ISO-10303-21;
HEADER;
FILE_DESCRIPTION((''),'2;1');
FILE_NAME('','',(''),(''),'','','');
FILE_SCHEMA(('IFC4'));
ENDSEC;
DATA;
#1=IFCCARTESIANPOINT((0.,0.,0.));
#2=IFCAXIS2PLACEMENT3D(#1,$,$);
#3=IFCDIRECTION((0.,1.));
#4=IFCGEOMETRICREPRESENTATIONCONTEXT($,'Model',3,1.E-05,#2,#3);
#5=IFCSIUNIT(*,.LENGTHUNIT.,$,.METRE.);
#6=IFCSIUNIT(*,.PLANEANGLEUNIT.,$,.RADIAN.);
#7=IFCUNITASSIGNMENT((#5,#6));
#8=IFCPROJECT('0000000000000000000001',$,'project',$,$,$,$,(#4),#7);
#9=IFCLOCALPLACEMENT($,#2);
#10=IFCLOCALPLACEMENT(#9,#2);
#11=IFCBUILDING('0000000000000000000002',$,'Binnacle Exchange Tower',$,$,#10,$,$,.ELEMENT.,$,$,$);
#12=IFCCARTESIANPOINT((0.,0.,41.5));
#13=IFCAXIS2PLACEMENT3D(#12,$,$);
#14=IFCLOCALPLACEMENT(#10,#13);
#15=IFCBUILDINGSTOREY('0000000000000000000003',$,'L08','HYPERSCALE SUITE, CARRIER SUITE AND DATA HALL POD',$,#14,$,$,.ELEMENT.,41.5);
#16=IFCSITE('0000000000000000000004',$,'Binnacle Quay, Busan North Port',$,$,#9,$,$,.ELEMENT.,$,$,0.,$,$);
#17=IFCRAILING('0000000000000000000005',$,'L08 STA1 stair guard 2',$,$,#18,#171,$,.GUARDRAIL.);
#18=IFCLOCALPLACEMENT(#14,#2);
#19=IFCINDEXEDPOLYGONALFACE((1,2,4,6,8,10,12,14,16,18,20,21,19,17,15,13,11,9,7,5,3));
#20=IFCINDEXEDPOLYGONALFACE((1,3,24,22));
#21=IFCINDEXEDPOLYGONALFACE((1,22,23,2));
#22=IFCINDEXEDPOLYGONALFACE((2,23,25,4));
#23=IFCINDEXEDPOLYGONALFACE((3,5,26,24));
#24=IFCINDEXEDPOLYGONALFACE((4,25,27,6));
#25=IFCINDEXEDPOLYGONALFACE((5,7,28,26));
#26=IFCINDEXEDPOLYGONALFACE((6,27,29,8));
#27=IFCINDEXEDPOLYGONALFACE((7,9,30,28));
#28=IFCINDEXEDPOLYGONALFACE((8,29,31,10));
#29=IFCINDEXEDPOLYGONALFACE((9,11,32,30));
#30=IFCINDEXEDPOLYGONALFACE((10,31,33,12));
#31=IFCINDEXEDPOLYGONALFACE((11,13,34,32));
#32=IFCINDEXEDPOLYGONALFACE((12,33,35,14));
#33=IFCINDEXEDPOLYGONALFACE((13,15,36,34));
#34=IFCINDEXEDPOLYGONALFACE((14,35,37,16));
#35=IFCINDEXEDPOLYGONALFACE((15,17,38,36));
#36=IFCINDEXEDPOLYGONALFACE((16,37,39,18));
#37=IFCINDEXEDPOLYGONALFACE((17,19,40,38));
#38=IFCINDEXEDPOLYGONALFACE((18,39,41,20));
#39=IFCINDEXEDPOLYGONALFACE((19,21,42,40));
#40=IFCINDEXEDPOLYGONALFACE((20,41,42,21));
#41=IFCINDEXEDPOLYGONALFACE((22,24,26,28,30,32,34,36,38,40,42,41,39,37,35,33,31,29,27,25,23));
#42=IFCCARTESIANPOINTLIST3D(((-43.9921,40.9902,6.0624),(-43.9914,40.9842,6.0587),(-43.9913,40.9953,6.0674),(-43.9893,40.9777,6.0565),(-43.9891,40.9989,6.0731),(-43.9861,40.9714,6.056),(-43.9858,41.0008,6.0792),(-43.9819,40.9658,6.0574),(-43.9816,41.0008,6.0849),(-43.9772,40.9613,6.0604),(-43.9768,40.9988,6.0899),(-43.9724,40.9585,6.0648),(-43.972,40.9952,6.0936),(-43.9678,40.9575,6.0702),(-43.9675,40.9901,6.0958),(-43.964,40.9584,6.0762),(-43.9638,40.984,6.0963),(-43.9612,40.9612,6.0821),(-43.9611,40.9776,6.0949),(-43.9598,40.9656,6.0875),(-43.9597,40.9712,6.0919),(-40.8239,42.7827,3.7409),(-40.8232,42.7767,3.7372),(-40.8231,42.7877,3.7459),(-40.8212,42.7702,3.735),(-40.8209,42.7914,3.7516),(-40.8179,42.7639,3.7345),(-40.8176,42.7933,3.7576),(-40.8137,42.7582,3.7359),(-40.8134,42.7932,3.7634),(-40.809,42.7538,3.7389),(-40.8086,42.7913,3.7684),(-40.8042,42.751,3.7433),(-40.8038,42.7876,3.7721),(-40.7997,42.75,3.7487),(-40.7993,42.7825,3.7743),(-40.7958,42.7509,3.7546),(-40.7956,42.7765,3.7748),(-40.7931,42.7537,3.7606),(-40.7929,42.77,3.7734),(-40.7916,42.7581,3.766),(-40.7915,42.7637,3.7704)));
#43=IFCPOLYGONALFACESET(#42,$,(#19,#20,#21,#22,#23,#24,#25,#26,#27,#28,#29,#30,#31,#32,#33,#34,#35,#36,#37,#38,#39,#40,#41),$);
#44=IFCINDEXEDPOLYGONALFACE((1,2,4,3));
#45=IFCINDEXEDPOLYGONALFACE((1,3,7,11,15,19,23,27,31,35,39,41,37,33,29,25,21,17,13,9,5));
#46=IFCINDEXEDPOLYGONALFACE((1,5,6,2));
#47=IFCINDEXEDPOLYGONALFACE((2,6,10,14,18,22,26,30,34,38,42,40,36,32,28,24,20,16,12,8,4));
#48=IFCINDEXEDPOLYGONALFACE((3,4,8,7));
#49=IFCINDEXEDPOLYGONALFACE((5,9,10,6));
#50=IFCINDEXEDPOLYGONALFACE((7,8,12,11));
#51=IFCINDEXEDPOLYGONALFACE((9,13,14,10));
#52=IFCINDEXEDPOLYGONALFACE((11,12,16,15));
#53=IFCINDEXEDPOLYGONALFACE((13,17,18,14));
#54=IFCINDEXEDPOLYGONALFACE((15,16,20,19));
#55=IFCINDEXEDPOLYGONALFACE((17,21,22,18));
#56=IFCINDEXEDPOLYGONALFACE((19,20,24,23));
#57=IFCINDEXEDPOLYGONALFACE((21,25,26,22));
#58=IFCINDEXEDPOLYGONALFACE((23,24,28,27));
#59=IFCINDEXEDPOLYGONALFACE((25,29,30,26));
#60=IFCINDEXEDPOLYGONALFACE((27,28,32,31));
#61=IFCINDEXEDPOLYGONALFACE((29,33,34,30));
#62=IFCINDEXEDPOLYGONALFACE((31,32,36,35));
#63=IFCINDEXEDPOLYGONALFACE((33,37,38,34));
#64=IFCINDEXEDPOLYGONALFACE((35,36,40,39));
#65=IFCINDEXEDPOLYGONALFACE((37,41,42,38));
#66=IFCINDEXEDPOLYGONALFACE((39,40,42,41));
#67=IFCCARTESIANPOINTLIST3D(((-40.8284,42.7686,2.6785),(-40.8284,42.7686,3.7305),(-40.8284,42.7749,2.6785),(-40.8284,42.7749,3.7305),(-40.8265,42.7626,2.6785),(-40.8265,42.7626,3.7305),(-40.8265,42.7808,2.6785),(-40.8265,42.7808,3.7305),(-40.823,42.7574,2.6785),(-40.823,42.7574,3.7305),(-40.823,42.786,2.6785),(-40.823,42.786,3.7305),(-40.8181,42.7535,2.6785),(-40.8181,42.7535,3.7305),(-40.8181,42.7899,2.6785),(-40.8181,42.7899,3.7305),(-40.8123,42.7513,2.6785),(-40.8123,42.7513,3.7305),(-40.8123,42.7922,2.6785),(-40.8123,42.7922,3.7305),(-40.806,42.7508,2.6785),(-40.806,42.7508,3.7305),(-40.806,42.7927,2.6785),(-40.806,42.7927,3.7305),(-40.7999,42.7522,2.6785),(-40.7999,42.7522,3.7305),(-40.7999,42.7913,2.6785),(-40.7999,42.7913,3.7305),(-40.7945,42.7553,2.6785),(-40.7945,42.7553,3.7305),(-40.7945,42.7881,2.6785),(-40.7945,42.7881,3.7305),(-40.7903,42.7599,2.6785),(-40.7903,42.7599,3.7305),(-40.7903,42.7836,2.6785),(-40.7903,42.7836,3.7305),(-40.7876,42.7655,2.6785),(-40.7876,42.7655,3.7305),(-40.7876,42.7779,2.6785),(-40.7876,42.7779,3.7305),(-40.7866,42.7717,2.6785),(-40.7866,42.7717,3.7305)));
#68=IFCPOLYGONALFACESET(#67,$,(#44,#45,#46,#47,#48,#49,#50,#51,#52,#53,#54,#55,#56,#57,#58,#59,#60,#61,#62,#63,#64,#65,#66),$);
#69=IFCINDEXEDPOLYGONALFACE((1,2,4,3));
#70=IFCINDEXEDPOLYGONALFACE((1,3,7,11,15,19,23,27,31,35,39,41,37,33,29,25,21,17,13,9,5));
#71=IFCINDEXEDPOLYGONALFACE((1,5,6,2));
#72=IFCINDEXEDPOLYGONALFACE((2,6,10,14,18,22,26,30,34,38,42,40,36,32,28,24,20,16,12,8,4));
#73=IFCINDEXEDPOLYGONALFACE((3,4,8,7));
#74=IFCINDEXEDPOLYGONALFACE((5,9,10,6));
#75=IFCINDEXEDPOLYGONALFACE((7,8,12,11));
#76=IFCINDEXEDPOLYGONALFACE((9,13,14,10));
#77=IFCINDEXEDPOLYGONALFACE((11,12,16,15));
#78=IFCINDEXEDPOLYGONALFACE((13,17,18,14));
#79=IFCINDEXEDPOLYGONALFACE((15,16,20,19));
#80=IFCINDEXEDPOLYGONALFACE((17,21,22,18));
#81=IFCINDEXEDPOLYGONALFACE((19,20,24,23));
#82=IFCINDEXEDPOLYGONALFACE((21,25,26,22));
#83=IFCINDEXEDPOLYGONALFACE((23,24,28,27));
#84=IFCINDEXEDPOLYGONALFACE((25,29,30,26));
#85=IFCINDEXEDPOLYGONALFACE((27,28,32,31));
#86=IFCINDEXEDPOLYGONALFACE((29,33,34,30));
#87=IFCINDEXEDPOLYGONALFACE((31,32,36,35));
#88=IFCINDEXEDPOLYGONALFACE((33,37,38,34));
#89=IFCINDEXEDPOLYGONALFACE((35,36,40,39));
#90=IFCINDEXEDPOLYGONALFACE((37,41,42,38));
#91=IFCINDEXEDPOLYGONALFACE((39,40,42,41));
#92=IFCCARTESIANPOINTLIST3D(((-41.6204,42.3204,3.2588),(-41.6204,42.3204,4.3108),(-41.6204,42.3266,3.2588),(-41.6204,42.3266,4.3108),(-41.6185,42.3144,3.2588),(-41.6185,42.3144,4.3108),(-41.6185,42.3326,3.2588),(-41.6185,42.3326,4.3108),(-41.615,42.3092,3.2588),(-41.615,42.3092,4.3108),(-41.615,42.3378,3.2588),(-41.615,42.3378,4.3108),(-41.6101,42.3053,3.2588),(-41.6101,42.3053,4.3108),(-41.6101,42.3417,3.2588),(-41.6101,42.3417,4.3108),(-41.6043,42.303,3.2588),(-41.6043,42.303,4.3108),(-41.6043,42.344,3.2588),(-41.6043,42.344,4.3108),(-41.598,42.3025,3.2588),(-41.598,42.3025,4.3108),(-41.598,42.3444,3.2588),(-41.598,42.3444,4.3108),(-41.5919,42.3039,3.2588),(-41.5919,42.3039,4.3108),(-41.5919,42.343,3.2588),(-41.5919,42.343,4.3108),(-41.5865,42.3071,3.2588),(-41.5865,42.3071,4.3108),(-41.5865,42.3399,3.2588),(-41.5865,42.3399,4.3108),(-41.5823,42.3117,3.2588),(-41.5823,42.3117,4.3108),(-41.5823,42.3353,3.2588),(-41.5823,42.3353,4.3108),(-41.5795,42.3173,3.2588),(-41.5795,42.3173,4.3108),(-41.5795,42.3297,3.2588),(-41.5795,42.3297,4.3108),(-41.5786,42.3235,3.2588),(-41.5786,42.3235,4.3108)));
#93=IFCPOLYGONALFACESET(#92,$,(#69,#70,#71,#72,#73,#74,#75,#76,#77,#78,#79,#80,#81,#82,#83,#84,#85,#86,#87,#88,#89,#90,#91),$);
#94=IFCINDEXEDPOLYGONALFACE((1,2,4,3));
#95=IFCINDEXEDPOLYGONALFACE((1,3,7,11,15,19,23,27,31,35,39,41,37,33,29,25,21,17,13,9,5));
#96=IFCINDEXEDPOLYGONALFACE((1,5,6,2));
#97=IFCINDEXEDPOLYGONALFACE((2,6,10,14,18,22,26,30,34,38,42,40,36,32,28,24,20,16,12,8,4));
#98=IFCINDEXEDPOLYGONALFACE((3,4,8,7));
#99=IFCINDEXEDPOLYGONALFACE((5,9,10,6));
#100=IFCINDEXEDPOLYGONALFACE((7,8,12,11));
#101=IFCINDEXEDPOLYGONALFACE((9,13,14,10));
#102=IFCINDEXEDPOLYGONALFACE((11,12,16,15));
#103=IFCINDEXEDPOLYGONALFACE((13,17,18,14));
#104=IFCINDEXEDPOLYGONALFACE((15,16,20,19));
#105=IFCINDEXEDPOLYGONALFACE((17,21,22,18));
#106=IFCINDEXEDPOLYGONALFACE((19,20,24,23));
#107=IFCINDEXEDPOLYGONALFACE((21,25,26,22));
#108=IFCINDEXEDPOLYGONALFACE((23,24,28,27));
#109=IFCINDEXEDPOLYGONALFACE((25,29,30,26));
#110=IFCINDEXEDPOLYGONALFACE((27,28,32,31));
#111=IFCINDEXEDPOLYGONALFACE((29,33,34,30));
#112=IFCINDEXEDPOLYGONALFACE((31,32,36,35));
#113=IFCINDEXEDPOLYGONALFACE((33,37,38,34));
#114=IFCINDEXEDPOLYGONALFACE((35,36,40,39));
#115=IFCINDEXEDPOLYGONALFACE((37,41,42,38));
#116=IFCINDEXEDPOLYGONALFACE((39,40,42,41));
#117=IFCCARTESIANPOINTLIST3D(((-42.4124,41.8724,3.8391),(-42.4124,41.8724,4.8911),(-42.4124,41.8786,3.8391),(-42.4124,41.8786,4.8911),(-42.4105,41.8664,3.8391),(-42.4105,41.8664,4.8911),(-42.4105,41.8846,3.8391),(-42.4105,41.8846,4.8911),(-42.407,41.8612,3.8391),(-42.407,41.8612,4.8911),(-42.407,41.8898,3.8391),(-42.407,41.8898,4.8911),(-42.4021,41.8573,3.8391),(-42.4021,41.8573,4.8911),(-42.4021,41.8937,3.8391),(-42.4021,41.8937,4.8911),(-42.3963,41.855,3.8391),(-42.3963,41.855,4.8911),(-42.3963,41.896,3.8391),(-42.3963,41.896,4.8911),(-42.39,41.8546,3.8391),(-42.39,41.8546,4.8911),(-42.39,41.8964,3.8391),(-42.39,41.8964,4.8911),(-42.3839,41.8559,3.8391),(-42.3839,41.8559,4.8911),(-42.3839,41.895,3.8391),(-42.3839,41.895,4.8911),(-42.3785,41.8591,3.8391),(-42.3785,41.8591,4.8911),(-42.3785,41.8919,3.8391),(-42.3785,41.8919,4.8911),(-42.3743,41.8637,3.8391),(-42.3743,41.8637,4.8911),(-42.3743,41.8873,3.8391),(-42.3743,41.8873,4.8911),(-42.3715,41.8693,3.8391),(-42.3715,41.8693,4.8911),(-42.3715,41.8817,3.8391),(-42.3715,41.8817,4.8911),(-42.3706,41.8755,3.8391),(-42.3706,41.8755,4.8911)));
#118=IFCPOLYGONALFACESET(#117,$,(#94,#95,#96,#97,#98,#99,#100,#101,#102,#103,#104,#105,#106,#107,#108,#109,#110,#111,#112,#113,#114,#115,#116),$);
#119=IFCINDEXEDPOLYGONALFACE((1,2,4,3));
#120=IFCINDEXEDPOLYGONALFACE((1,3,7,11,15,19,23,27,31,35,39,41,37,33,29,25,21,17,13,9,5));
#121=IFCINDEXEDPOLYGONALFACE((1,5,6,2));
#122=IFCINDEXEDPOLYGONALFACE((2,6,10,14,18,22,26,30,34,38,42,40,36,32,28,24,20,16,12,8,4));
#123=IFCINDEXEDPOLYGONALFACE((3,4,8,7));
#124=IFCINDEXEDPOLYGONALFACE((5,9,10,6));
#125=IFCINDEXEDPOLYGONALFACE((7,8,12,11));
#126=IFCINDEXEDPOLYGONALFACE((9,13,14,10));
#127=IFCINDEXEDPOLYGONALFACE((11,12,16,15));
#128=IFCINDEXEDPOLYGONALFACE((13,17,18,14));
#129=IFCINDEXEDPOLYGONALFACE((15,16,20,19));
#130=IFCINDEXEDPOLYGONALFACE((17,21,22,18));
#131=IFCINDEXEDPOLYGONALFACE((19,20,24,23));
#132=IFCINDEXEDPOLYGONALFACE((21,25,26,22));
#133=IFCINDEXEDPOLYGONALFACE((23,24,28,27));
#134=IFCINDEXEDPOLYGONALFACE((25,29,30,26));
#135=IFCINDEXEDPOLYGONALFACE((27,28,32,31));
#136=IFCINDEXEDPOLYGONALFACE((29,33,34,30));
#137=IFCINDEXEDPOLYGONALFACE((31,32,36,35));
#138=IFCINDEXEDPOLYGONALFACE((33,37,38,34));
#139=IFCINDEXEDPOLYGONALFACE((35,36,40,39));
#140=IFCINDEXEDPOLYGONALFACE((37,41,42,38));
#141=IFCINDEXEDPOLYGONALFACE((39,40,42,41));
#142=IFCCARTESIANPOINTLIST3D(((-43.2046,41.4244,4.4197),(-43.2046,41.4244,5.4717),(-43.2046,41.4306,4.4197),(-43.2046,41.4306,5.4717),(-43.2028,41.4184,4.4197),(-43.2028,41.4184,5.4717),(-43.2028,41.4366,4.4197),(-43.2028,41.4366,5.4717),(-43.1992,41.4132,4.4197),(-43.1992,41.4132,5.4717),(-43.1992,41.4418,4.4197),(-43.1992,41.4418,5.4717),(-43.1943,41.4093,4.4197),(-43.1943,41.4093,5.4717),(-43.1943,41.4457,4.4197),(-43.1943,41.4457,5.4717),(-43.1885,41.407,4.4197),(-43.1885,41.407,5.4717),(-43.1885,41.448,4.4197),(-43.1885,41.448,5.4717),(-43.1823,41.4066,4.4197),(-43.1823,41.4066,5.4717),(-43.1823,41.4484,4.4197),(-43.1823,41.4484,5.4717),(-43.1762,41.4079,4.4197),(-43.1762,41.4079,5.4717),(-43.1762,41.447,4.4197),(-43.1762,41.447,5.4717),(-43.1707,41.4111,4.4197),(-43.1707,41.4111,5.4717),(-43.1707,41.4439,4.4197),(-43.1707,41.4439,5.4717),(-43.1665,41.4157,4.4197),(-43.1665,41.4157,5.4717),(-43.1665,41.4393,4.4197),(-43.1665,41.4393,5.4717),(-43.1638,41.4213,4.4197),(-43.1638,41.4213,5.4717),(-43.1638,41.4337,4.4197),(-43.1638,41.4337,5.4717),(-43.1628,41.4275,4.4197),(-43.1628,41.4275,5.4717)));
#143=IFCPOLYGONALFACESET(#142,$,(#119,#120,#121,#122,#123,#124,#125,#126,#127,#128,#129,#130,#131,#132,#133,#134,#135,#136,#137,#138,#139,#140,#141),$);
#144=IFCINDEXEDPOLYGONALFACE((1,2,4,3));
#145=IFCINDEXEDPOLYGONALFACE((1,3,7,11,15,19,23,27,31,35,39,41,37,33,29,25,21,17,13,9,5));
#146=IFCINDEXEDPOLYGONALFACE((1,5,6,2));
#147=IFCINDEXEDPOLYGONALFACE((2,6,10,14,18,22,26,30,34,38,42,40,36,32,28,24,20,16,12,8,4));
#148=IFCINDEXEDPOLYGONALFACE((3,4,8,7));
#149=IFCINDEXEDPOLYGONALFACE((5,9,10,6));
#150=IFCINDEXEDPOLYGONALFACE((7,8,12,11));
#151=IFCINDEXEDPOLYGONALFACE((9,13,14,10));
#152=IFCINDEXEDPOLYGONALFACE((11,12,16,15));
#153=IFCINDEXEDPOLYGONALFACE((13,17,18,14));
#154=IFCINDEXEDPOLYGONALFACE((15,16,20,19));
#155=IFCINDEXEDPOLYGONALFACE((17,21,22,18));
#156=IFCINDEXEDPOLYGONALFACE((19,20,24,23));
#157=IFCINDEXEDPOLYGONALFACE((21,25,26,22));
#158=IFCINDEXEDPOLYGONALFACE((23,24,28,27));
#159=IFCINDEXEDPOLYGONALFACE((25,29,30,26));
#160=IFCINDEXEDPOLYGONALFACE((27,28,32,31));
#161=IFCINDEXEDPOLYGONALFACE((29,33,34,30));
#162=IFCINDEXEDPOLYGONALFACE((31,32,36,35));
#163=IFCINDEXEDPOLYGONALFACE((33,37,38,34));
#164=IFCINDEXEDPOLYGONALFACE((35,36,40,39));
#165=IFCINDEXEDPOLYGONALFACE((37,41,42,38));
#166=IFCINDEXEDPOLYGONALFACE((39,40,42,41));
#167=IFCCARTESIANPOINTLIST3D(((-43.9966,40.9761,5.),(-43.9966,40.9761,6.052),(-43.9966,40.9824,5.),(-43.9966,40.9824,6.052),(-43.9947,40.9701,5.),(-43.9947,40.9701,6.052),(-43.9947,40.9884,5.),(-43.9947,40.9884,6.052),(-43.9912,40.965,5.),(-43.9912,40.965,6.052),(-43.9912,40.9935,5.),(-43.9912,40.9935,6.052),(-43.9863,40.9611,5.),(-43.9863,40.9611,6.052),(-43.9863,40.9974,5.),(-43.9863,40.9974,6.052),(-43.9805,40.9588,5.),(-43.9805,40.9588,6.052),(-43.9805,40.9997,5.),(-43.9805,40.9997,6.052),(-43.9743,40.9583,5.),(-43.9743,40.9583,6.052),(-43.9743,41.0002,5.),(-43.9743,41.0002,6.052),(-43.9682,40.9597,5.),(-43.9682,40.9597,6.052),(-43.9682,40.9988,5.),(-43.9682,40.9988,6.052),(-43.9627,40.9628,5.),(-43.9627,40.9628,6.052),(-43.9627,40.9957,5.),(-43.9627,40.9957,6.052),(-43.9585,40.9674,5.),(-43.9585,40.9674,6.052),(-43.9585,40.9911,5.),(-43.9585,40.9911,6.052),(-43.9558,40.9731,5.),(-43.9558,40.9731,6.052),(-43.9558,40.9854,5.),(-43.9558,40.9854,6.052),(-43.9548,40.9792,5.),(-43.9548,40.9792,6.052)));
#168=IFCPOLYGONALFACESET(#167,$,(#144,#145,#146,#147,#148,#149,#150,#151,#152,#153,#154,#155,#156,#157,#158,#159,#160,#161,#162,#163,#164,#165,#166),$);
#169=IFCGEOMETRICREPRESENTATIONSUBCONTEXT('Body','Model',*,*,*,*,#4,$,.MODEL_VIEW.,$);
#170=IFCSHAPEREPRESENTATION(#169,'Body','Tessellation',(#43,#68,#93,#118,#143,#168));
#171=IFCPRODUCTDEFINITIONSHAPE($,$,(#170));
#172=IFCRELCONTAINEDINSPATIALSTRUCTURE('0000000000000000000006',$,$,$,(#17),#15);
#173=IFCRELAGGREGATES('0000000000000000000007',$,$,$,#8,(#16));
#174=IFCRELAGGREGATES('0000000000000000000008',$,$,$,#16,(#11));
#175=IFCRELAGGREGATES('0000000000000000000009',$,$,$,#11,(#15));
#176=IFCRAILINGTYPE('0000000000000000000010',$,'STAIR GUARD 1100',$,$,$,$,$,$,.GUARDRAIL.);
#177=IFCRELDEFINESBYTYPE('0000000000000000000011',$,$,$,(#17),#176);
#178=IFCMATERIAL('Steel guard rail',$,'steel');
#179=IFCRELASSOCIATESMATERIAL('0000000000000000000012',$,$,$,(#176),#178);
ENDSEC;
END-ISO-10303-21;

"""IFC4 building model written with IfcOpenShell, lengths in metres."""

from ifc_helpers import new_model, si_unit, direction, frame, origin, origin_2d, place, context, subcontext, project, spatial, circle, extrude, material, type_object, element, save


model = new_model("IFC4")

# Units and contexts
model_context = context("Model", 3, precision=1e-05, world=origin(), true_north=direction((0.0, 1.0)))
body_context = subcontext(model_context, "Body", "Model", "MODEL_VIEW")
ifc_project = project(units=[si_unit("LENGTHUNIT", "METRE"), si_unit("PLANEANGLEUNIT", "RADIAN")], contexts=[model_context])

# Site, building, storey
site_placement = place(None, origin())
site = spatial("IfcSite", under=ifc_project, at=site_placement, Name="Binnacle Quay, Busan North Port", CompositionType="ELEMENT", RefElevation=0.0)
building_placement = place(site_placement, origin())
building = spatial("IfcBuilding", under=site, at=building_placement, Name="Binnacle Exchange Tower", CompositionType="ELEMENT")
storey_placement = place(building_placement, frame((0.0, 0.0, 41.5)))
storey = spatial("IfcBuildingStorey", under=building, at=storey_placement, Name="L08", Description="HYPERSCALE SUITE, CARRIER SUITE AND DATA HALL POD", CompositionType="ELEMENT", Elevation=41.5)

# Railing
ifc_material_1 = material(Name="Steel guard rail", Category="steel")
railing_type_1 = type_object("IfcRailingType", Name="STAIR GUARD 1100", PredefinedType="GUARDRAIL", material=ifc_material_1)
railing_1_placement = place(storey_placement, frame((-40.8076, 42.7717, 2.6785)))
element("IfcRailing", 1, at=railing_1_placement, inside=storey, type_object=railing_type_1, Name="L08 STA1 stair guard 2", PredefinedType="GUARDRAIL", context=body_context, shape_type="SweptSolid", body=[
    extrude(circle(Radius=0.0239, at=origin_2d()), frame((0.0, 0.0, 1.0762), z_axis=(-0.733822, -0.415174, 0.537714), x_axis=(0.492422, -0.870357, 0.0)), (0.0, 0.0, 1.0), 4.3174),
    extrude(circle(Radius=0.021, at=origin_2d()), origin(), (0.0, 0.0, 1.0), 1.052),
    extrude(circle(Radius=0.021, at=origin_2d()), frame((-0.792, -0.4482, 0.5803)), (0.0, 0.0, 1.0), 1.052),
    extrude(circle(Radius=0.021, at=origin_2d()), frame((-1.584, -0.8962, 1.1606)), (0.0, 0.0, 1.0), 1.052),
    extrude(circle(Radius=0.021, at=origin_2d()), frame((-2.3762, -1.3442, 1.7412)), (0.0, 0.0, 1.0), 1.052),
    extrude(circle(Radius=0.021, at=origin_2d()), frame((-3.1682, -1.7925, 2.3215)), (0.0, 0.0, 1.0), 1.052),
])

save(model, "model.ifc")
